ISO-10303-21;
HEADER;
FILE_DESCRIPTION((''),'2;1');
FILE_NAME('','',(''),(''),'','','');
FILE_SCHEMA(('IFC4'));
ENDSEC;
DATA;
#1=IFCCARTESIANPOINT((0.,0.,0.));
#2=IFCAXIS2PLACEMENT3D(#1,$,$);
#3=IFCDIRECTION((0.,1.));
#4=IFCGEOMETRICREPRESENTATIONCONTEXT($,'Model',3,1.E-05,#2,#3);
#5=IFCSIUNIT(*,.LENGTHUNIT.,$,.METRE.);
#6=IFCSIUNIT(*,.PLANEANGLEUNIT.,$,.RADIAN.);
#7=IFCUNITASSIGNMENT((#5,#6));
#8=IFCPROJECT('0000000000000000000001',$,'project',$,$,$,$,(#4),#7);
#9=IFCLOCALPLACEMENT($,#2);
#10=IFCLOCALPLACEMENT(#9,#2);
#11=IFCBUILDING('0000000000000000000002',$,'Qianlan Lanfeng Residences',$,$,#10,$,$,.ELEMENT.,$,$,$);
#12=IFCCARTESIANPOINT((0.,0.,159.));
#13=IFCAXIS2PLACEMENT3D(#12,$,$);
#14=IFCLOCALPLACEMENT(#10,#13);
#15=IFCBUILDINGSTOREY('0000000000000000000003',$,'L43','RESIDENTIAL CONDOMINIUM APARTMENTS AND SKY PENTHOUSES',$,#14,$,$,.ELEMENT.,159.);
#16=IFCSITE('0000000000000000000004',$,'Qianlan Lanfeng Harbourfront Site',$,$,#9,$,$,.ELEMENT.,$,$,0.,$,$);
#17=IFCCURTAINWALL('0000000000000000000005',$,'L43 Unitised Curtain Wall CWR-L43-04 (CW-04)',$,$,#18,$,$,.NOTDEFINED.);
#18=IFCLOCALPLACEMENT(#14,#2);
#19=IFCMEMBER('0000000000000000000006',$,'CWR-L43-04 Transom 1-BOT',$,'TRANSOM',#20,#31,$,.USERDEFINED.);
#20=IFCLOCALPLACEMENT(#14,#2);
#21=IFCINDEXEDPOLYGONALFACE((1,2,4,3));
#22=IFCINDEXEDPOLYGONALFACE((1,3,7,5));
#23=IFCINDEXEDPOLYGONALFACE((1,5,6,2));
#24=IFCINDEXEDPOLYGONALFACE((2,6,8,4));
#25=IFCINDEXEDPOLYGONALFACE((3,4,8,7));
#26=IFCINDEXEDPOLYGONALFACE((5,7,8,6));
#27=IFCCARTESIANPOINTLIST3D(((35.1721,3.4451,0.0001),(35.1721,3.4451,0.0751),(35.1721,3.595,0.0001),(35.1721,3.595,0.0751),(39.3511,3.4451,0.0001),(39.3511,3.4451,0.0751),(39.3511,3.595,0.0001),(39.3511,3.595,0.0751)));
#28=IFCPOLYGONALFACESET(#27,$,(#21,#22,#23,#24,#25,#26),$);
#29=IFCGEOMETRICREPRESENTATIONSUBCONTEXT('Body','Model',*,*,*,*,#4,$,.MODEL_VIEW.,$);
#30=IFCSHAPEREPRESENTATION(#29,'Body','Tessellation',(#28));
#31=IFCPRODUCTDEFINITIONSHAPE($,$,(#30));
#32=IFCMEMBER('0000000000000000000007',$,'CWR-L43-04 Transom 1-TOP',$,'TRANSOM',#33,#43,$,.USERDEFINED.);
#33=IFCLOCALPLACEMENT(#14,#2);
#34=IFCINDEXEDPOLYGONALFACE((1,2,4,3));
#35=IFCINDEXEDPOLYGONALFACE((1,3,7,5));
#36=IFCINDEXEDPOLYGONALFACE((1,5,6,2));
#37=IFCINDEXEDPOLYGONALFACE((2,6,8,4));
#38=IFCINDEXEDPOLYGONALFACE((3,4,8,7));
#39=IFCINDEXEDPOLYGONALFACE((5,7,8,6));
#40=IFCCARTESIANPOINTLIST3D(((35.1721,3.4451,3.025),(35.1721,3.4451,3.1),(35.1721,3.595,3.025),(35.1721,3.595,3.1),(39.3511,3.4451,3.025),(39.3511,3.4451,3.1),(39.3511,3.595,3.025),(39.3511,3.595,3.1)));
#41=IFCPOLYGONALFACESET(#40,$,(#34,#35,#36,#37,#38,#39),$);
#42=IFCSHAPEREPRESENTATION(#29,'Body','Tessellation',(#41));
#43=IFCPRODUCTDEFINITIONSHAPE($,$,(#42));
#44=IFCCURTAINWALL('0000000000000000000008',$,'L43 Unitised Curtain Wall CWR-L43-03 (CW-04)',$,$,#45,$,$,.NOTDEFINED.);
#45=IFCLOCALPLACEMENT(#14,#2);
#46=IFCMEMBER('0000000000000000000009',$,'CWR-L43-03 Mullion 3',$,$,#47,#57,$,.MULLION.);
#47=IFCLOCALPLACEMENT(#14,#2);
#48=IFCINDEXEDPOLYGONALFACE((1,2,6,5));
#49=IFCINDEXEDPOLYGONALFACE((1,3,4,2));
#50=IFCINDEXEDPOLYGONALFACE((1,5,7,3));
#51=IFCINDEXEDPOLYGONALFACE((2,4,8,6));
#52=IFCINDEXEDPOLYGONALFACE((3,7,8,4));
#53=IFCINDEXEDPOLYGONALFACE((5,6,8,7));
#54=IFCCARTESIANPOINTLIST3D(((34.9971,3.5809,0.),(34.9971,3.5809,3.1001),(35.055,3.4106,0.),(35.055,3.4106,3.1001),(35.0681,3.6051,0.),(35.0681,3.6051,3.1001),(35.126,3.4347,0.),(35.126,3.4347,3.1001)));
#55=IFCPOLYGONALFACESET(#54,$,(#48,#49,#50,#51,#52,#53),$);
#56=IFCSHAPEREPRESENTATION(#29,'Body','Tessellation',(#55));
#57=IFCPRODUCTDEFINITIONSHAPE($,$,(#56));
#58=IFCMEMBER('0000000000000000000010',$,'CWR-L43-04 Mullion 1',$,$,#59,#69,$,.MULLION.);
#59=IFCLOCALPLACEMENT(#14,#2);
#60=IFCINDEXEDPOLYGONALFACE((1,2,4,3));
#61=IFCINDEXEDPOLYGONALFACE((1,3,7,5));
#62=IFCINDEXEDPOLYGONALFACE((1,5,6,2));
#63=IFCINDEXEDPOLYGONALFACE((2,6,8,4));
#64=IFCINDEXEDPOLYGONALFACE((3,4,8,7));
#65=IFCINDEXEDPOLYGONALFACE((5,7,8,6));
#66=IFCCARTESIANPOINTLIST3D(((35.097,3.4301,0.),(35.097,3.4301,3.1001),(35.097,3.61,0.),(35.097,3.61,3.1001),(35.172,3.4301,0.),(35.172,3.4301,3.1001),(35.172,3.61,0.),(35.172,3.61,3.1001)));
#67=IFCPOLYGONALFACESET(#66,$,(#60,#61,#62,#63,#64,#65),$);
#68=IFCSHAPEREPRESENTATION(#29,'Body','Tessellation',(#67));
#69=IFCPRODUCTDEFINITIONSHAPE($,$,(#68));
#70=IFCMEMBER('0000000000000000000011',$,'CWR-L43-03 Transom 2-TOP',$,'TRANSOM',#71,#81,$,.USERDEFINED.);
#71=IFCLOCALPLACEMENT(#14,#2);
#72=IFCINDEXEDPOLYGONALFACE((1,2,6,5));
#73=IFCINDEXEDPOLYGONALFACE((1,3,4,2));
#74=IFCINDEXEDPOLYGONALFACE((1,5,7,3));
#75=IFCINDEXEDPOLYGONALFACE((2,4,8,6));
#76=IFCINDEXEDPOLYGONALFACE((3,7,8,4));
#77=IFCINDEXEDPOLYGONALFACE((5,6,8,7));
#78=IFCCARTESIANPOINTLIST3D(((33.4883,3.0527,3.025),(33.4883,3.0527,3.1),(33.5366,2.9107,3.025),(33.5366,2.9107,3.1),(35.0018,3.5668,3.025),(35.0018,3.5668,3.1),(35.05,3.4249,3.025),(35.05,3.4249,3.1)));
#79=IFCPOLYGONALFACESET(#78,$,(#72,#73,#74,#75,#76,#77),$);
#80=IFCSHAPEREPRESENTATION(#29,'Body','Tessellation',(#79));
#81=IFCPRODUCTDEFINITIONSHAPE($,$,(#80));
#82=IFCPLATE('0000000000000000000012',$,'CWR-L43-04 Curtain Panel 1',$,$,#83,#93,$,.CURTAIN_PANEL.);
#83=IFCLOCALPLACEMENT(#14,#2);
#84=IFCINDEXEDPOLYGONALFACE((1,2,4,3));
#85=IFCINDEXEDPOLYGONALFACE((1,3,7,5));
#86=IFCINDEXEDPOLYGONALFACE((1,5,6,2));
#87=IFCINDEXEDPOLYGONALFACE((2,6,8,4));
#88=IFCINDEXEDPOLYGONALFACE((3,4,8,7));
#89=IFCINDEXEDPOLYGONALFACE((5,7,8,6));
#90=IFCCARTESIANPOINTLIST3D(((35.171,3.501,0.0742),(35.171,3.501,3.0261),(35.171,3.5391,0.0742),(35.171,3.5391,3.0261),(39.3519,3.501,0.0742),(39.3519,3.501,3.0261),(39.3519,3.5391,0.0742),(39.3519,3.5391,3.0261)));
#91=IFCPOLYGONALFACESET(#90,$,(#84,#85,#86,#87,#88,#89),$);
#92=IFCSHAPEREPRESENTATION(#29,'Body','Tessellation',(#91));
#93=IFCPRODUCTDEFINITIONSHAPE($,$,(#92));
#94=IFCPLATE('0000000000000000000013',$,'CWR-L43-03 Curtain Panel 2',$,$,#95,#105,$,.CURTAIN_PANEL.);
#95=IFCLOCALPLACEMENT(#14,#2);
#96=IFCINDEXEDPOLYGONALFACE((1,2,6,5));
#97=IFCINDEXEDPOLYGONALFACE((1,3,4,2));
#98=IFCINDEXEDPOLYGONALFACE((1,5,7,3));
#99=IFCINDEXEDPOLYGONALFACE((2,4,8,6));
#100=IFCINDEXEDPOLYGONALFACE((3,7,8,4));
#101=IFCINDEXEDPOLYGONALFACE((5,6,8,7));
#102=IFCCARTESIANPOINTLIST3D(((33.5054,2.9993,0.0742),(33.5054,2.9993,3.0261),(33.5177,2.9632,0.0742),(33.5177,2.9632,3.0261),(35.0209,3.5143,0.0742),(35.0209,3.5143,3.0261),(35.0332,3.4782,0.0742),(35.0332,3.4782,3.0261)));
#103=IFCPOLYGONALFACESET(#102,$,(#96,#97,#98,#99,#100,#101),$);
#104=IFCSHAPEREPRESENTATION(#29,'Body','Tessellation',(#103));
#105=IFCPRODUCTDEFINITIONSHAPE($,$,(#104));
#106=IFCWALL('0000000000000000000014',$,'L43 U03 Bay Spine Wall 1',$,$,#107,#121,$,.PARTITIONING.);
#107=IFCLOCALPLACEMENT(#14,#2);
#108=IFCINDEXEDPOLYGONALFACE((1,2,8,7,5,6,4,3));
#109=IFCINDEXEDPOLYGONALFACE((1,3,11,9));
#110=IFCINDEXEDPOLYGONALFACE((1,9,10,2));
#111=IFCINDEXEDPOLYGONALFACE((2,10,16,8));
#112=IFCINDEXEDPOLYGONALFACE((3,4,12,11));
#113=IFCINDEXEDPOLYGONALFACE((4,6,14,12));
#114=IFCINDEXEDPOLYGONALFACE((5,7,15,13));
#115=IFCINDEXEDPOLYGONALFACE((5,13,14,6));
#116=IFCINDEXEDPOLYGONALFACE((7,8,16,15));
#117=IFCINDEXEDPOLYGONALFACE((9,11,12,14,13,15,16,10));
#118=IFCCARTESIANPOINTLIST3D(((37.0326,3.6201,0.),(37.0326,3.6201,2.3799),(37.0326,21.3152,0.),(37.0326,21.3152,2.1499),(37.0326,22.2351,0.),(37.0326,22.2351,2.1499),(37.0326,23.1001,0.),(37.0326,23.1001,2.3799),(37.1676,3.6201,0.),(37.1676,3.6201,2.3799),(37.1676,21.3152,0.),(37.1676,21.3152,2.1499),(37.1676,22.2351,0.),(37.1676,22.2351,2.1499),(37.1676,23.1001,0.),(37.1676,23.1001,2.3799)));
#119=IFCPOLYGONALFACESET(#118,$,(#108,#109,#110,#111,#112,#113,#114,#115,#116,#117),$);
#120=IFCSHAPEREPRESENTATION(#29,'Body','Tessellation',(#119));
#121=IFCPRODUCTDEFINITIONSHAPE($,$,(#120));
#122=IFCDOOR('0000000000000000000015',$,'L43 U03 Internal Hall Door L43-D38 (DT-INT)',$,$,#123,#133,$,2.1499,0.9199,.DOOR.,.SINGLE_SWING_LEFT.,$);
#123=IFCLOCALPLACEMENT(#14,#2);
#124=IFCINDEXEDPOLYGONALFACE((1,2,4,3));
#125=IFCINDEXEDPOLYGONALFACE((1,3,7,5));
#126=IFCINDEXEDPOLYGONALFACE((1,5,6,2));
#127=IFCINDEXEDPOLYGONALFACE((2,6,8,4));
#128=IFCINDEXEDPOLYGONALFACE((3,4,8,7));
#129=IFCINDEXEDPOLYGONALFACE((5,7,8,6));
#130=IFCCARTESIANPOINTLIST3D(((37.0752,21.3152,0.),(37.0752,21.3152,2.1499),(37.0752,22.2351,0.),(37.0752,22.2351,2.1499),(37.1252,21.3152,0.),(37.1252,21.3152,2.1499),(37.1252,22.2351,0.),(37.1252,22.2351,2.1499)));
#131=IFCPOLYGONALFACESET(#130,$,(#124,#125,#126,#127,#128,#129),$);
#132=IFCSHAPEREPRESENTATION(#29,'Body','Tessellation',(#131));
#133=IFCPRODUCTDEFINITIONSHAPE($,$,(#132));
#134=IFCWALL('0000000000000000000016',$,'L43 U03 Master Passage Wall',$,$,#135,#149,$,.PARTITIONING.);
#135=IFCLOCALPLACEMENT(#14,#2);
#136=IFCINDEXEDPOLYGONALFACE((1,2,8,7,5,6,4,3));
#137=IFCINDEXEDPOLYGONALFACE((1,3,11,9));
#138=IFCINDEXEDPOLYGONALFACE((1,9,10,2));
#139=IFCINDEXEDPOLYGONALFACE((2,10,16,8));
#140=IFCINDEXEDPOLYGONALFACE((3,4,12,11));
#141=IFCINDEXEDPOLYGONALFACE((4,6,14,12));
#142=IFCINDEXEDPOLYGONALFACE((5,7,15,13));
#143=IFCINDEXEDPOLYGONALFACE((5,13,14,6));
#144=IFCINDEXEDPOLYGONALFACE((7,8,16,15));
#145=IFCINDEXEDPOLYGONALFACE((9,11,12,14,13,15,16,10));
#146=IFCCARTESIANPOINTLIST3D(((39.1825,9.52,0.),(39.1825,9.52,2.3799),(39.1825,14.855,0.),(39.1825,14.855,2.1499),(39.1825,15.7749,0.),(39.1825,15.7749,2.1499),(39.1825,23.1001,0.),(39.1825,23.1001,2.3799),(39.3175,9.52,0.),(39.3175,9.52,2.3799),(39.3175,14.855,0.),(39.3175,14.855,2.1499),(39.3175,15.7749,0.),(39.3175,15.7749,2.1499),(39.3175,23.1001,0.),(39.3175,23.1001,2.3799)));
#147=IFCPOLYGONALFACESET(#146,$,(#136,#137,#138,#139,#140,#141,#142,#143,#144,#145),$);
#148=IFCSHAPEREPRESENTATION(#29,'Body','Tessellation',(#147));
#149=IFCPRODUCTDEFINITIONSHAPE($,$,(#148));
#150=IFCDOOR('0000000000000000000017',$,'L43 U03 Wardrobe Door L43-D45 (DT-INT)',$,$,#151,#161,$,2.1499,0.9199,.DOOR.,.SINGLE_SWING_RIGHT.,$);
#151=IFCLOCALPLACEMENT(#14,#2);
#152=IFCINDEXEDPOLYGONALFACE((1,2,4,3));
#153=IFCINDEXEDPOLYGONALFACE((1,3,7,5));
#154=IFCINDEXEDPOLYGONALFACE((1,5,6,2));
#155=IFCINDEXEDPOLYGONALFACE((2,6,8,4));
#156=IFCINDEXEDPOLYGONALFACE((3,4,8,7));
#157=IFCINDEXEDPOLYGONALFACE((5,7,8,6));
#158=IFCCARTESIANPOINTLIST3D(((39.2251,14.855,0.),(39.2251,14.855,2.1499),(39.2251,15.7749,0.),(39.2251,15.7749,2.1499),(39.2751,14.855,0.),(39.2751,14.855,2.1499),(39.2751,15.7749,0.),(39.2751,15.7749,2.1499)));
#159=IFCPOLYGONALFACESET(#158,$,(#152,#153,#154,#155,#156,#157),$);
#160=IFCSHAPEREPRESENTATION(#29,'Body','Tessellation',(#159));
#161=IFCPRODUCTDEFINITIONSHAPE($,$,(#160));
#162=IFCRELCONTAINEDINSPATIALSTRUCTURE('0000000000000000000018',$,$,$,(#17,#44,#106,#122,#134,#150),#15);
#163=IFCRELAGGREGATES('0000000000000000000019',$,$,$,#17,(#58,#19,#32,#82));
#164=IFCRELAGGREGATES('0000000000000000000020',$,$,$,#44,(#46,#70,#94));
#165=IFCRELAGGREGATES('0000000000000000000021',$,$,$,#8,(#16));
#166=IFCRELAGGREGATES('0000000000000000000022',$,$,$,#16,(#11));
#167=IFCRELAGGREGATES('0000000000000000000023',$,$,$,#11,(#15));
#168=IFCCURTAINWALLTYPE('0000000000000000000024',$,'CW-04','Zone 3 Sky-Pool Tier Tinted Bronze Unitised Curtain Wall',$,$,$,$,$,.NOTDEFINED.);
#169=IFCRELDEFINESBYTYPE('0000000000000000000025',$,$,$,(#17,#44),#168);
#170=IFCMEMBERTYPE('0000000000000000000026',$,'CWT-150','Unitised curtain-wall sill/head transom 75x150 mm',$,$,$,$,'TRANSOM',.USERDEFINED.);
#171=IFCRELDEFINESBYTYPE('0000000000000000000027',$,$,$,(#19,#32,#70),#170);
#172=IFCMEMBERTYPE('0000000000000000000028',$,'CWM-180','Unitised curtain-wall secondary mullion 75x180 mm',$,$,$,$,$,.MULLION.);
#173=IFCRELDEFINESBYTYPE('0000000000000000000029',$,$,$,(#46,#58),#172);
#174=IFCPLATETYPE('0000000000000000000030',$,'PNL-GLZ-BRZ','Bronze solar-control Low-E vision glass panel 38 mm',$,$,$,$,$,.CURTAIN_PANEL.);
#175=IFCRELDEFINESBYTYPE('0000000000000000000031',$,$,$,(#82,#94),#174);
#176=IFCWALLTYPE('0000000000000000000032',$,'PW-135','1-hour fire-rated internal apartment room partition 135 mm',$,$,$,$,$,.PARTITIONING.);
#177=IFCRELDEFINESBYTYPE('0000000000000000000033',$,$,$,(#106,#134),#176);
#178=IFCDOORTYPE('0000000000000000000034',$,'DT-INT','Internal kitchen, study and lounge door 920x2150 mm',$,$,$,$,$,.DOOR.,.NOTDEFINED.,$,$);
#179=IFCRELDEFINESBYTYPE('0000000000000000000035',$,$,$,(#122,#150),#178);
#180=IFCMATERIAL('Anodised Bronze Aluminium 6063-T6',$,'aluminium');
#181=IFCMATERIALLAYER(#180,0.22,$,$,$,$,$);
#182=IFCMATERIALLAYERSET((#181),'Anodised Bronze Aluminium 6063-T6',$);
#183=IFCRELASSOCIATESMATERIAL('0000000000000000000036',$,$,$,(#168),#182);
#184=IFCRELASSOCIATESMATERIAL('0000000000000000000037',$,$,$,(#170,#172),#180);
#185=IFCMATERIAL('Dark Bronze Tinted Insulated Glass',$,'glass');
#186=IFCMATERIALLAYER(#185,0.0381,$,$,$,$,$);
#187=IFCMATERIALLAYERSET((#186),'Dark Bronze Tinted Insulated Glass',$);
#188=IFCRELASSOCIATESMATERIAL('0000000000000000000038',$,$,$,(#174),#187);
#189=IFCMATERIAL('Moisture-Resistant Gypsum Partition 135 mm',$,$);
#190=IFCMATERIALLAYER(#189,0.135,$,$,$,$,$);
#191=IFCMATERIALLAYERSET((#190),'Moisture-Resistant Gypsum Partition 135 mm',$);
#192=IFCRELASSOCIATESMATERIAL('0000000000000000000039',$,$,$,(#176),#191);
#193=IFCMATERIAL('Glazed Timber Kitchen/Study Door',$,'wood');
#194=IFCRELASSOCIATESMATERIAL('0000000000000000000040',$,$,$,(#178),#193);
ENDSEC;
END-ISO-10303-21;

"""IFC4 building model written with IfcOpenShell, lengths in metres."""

from ifc_helpers import new_model, si_unit, direction, frame, frame_2d, origin, origin_2d, place, context, subcontext, project, spatial, rectangle, extrude, source, transform, mapped, material, layer, layer_set, material_profile, profile_set, type_object, element, fill, aggregate, save


model = new_model("IFC4")

# Units and contexts
model_context = context("Model", 3, precision=1e-05, world=origin(), true_north=direction((0.0, 1.0)))
body_context = subcontext(model_context, "Body", "Model", "MODEL_VIEW")
ifc_project = project(units=[si_unit("LENGTHUNIT", "METRE"), si_unit("PLANEANGLEUNIT", "RADIAN")], contexts=[model_context])

# Site, building, storey
site_placement = place(None, origin())
site = spatial("IfcSite", under=ifc_project, at=site_placement, Name="Qianlan Lanfeng Harbourfront Site", CompositionType="ELEMENT", RefElevation=0.0)
building_placement = place(site_placement, origin())
building = spatial("IfcBuilding", under=site, at=building_placement, Name="Qianlan Lanfeng Residences", CompositionType="ELEMENT")
storey_placement = place(building_placement, frame((0.0, 0.0, 159.0)))
storey = spatial("IfcBuildingStorey", under=building, at=storey_placement, Name="L43", Description="RESIDENTIAL CONDOMINIUM APARTMENTS AND SKY PENTHOUSES", CompositionType="ELEMENT", Elevation=159.0)

# Curtain wall, members
ifc_material_1 = material(Name="Anodised Bronze Aluminium 6063-T6", Category="aluminium")
ifc_layer_1 = layer(ifc_material_1, 0.22)
ifc_layer_set_1 = layer_set([ifc_layer_1], Name="Anodised Bronze Aluminium 6063-T6")
curtain_wall_type = type_object("IfcCurtainWallType", Name="CW-04", Description="Zone 3 Sky-Pool Tier Tinted Bronze Unitised Curtain Wall", PredefinedType="NOTDEFINED", material=ifc_layer_set_1)
curtain_wall_1_placement = place(storey_placement, origin())
curtain_wall_1 = element("IfcCurtainWall", 1, at=curtain_wall_1_placement, inside=storey, type_object=curtain_wall_type, Name="L43 Unitised Curtain Wall CWR-L43-04 (CW-04)", PredefinedType="NOTDEFINED")
ifc_material_profile_1 = material_profile(ifc_material_1, rectangle(XDim=0.075, YDim=0.1499, at=origin_2d()), Name="ALU TRANSOM 75x150")
ifc_profile_set_1 = profile_set([ifc_material_profile_1], Name="Anodised Bronze Aluminium 6063-T6")
member_type_1 = type_object("IfcMemberType", Name="CWT-150", Description="Unitised curtain-wall sill/head transom 75x150 mm", ElementType="TRANSOM", PredefinedType="USERDEFINED", material=ifc_profile_set_1)
shared_shape_1 = source(origin(), body_context, "Body", "SweptSolid", [
    extrude(rectangle(XDim=0.075, YDim=0.1499, at=origin_2d()), origin(), (0.0, 0.0, 1.0), 4.179),
])
member_1_placement = place(storey_placement, frame((35.1721, 3.52, 0.0376), z_axis=(1.0, 0.0, 0.0), x_axis=(0.0, 0.0, 1.0)))
member_1 = element("IfcMember", 2, at=member_1_placement, type_object=member_type_1, Name="CWR-L43-04 Transom 1-BOT", ObjectType="TRANSOM", PredefinedType="USERDEFINED", context=body_context, shape_type="MappedRepresentation", body=[
    mapped(shared_shape_1, transform((0.0, 0.0, 0.0), scale=1.0)),
])
member_2_placement = place(storey_placement, frame((35.1721, 3.52, 3.0625), z_axis=(1.0, 0.0, 0.0), x_axis=(0.0, 0.0, 1.0)))
member_2 = element("IfcMember", 3, at=member_2_placement, type_object=member_type_1, Name="CWR-L43-04 Transom 1-TOP", ObjectType="TRANSOM", PredefinedType="USERDEFINED", context=body_context, shape_type="MappedRepresentation", body=[
    mapped(shared_shape_1, transform((0.0, 0.0, 0.0), scale=1.0)),
])

# Curtain wall, member
curtain_wall_2_placement = place(storey_placement, origin())
curtain_wall_2 = element("IfcCurtainWall", 4, at=curtain_wall_2_placement, inside=storey, type_object=curtain_wall_type, Name="L43 Unitised Curtain Wall CWR-L43-03 (CW-04)", PredefinedType="NOTDEFINED")
ifc_material_profile_2 = material_profile(ifc_material_1, rectangle(XDim=0.075, YDim=0.1799, at=origin_2d()), Name="ALU MULLION 75x180")
ifc_profile_set_2 = profile_set([ifc_material_profile_2], Name="Anodised Bronze Aluminium 6063-T6")
member_type_2 = type_object("IfcMemberType", Name="CWM-180", Description="Unitised curtain-wall secondary mullion 75x180 mm", PredefinedType="MULLION", material=ifc_profile_set_2)
shared_shape_2 = source(origin(), body_context, "Body", "SweptSolid", [
    extrude(rectangle(XDim=0.075, YDim=0.1799, at=origin_2d()), origin(), (0.0, 0.0, 1.0), 3.1001),
])
member_3_placement = place(storey_placement, frame((35.0615, 3.5078, 0.0), z_axis=(0.0, 0.0, 1.0), x_axis=(0.946826, 0.321745, 0.0)))
member_3 = element("IfcMember", 5, at=member_3_placement, type_object=member_type_2, Name="CWR-L43-03 Mullion 3", PredefinedType="MULLION", context=body_context, shape_type="MappedRepresentation", body=[
    mapped(shared_shape_2, transform((0.0, 0.0, 0.0), scale=1.0)),
])

# Members
member_4_placement = place(storey_placement, frame((35.1345, 3.52, 0.0), z_axis=(0.0, 0.0, 1.0), x_axis=(1.0, 0.0, 0.0)))
member_4 = element("IfcMember", 6, at=member_4_placement, type_object=member_type_2, Name="CWR-L43-04 Mullion 1", PredefinedType="MULLION", context=body_context, shape_type="MappedRepresentation", body=[
    mapped(shared_shape_2, transform((0.0, 0.0, 0.0), scale=1.0)),
])
shared_shape_3 = source(origin(), body_context, "Body", "SweptSolid", [
    extrude(rectangle(XDim=0.075, YDim=0.1499, at=origin_2d()), origin(), (0.0, 0.0, 1.0), 1.5984),
])
member_5_placement = place(storey_placement, frame((33.5125, 2.9817, 3.0625), z_axis=(0.94685, 0.321675, 0.0), x_axis=(0.0, 0.0, 1.0)))
member_5 = element("IfcMember", 7, at=member_5_placement, type_object=member_type_1, Name="CWR-L43-03 Transom 2-TOP", ObjectType="TRANSOM", PredefinedType="USERDEFINED", context=body_context, shape_type="MappedRepresentation", body=[
    mapped(shared_shape_3, transform((0.0, 0.0, 0.0), scale=1.0)),
])

# Plates
ifc_material_2 = material(Name="Dark Bronze Tinted Insulated Glass", Category="glass")
ifc_layer_2 = layer(ifc_material_2, 0.0381)
ifc_layer_set_2 = layer_set([ifc_layer_2], Name="Dark Bronze Tinted Insulated Glass")
plate_type = type_object("IfcPlateType", Name="PNL-GLZ-BRZ", Description="Bronze solar-control Low-E vision glass panel 38 mm", PredefinedType="CURTAIN_PANEL", material=ifc_layer_set_2)
shared_shape_4 = source(origin(), body_context, "Body", "SweptSolid", [
    extrude(rectangle(XDim=4.1809, YDim=0.0381, at=origin_2d()), origin(), (0.0, 0.0, 1.0), 2.9519),
])
plate_1_placement = place(storey_placement, frame((37.2615, 3.52, 0.0742), z_axis=(0.0, 0.0, 1.0), x_axis=(1.0, 0.0, 0.0)))
plate_1 = element("IfcPlate", 8, at=plate_1_placement, type_object=plate_type, Name="CWR-L43-04 Curtain Panel 1", PredefinedType="CURTAIN_PANEL", context=body_context, shape_type="MappedRepresentation", body=[
    mapped(shared_shape_4, transform((0.0, 0.0, 0.0), scale=1.0)),
])
aggregate(curtain_wall_1, [member_4, member_1, member_2, plate_1])
shared_shape_5 = source(origin(), body_context, "Body", "SweptSolid", [
    extrude(rectangle(XDim=1.6006, YDim=0.0381, at=origin_2d()), origin(), (0.0, 0.0, 1.0), 2.9519),
])
plate_2_placement = place(storey_placement, frame((34.2693, 3.2388, 0.0742), z_axis=(0.0, 0.0, 1.0), x_axis=(0.946826, 0.321745, 0.0)))
plate_2 = element("IfcPlate", 9, at=plate_2_placement, type_object=plate_type, Name="CWR-L43-03 Curtain Panel 2", PredefinedType="CURTAIN_PANEL", context=body_context, shape_type="MappedRepresentation", body=[
    mapped(shared_shape_5, transform((0.0, 0.0, 0.0), scale=1.0)),
])
aggregate(curtain_wall_2, [member_3, member_5, plate_2])

# Wall, opening, door
ifc_material_3 = material(Name="Moisture-Resistant Gypsum Partition 135 mm")
ifc_layer_3 = layer(ifc_material_3, 0.135)
ifc_layer_set_3 = layer_set([ifc_layer_3], Name="Moisture-Resistant Gypsum Partition 135 mm")
wall_type = type_object("IfcWallType", Name="PW-135", Description="1-hour fire-rated internal apartment room partition 135 mm", PredefinedType="PARTITIONING", material=ifc_layer_set_3)
wall_1_placement = place(storey_placement, frame((37.1001, 3.6201, 0.0), z_axis=(0.0, 0.0, 1.0), x_axis=(0.0, 1.0, 0.0)))
wall_1 = element("IfcWall", 10, at=wall_1_placement, inside=storey, type_object=wall_type, Name="L43 U03 Bay Spine Wall 1", PredefinedType="PARTITIONING", context=body_context, shape_type="SweptSolid", body=[
    extrude(rectangle(XDim=19.48, YDim=0.135, at=frame_2d((9.74, 0.0))), origin(), (0.0, 0.0, 1.0), 2.3799),
])
opening_1_placement = place(wall_1_placement, frame((17.6951, 0.0, 0.0)))
opening_1 = element("IfcOpeningElement", 11, at=opening_1_placement, cuts=wall_1, PredefinedType="OPENING", context=body_context, shape_type="SweptSolid", body=[
    extrude(rectangle(XDim=0.9199, YDim=2.1499, at=frame_2d((0.46, 1.075))), frame((0.0, 0.0776, 0.0), z_axis=(0.0, -1.0, 0.0), x_axis=(1.0, 0.0, 0.0)), (0.0, 0.0, 1.0), 0.155),
])
ifc_material_4 = material(Name="Glazed Timber Kitchen/Study Door", Category="wood")
door_type_1 = type_object("IfcDoorType", Name="DT-INT", Description="Internal kitchen, study and lounge door 920x2150 mm", OperationType="NOTDEFINED", PredefinedType="DOOR", material=ifc_material_4)
door_1_placement = place(opening_1_placement, origin())
door_1 = element("IfcDoor", 12, at=door_1_placement, inside=storey, type_object=door_type_1, Name="L43 U03 Internal Hall Door L43-D38 (DT-INT)", OperationType="SINGLE_SWING_LEFT", OverallHeight=2.1499, OverallWidth=0.9199, PredefinedType="DOOR", context=body_context, shape_type="SweptSolid", body=[
    extrude(rectangle(XDim=0.9199, YDim=2.1499, at=frame_2d((0.46, 1.075))), frame((0.0, 0.0249, 0.0), z_axis=(0.0, -1.0, 0.0), x_axis=(1.0, 0.0, 0.0)), (0.0, 0.0, 1.0), 0.05),
])
fill(opening_1, door_1)

# Wall, opening, door
wall_2_placement = place(storey_placement, frame((39.25, 9.52, 0.0), z_axis=(0.0, 0.0, 1.0), x_axis=(0.0, 1.0, 0.0)))
wall_2 = element("IfcWall", 13, at=wall_2_placement, inside=storey, type_object=wall_type, Name="L43 U03 Master Passage Wall", PredefinedType="PARTITIONING", context=body_context, shape_type="SweptSolid", body=[
    extrude(rectangle(XDim=13.5801, YDim=0.135, at=frame_2d((6.79, 0.0))), origin(), (0.0, 0.0, 1.0), 2.3799),
])
opening_2_placement = place(wall_2_placement, frame((5.335, 0.0, 0.0)))
opening_2 = element("IfcOpeningElement", 14, at=opening_2_placement, cuts=wall_2, PredefinedType="OPENING", context=body_context, shape_type="SweptSolid", body=[
    extrude(rectangle(XDim=0.9199, YDim=2.1499, at=frame_2d((0.46, 1.075))), frame((0.0, 0.0776, 0.0), z_axis=(0.0, -1.0, 0.0), x_axis=(1.0, 0.0, 0.0)), (0.0, 0.0, 1.0), 0.155),
])
door_2_placement = place(opening_2_placement, origin())
door_2 = element("IfcDoor", 15, at=door_2_placement, inside=storey, type_object=door_type_1, Name="L43 U03 Wardrobe Door L43-D45 (DT-INT)", OperationType="SINGLE_SWING_RIGHT", OverallHeight=2.1499, OverallWidth=0.9199, PredefinedType="DOOR", context=body_context, shape_type="SweptSolid", body=[
    extrude(rectangle(XDim=0.9199, YDim=2.1499, at=frame_2d((0.46, 1.075))), frame((0.0, 0.0249, 0.0), z_axis=(0.0, -1.0, 0.0), x_axis=(1.0, 0.0, 0.0)), (0.0, 0.0, 1.0), 0.05),
])
fill(opening_2, door_2)

save(model, "model.ifc")
